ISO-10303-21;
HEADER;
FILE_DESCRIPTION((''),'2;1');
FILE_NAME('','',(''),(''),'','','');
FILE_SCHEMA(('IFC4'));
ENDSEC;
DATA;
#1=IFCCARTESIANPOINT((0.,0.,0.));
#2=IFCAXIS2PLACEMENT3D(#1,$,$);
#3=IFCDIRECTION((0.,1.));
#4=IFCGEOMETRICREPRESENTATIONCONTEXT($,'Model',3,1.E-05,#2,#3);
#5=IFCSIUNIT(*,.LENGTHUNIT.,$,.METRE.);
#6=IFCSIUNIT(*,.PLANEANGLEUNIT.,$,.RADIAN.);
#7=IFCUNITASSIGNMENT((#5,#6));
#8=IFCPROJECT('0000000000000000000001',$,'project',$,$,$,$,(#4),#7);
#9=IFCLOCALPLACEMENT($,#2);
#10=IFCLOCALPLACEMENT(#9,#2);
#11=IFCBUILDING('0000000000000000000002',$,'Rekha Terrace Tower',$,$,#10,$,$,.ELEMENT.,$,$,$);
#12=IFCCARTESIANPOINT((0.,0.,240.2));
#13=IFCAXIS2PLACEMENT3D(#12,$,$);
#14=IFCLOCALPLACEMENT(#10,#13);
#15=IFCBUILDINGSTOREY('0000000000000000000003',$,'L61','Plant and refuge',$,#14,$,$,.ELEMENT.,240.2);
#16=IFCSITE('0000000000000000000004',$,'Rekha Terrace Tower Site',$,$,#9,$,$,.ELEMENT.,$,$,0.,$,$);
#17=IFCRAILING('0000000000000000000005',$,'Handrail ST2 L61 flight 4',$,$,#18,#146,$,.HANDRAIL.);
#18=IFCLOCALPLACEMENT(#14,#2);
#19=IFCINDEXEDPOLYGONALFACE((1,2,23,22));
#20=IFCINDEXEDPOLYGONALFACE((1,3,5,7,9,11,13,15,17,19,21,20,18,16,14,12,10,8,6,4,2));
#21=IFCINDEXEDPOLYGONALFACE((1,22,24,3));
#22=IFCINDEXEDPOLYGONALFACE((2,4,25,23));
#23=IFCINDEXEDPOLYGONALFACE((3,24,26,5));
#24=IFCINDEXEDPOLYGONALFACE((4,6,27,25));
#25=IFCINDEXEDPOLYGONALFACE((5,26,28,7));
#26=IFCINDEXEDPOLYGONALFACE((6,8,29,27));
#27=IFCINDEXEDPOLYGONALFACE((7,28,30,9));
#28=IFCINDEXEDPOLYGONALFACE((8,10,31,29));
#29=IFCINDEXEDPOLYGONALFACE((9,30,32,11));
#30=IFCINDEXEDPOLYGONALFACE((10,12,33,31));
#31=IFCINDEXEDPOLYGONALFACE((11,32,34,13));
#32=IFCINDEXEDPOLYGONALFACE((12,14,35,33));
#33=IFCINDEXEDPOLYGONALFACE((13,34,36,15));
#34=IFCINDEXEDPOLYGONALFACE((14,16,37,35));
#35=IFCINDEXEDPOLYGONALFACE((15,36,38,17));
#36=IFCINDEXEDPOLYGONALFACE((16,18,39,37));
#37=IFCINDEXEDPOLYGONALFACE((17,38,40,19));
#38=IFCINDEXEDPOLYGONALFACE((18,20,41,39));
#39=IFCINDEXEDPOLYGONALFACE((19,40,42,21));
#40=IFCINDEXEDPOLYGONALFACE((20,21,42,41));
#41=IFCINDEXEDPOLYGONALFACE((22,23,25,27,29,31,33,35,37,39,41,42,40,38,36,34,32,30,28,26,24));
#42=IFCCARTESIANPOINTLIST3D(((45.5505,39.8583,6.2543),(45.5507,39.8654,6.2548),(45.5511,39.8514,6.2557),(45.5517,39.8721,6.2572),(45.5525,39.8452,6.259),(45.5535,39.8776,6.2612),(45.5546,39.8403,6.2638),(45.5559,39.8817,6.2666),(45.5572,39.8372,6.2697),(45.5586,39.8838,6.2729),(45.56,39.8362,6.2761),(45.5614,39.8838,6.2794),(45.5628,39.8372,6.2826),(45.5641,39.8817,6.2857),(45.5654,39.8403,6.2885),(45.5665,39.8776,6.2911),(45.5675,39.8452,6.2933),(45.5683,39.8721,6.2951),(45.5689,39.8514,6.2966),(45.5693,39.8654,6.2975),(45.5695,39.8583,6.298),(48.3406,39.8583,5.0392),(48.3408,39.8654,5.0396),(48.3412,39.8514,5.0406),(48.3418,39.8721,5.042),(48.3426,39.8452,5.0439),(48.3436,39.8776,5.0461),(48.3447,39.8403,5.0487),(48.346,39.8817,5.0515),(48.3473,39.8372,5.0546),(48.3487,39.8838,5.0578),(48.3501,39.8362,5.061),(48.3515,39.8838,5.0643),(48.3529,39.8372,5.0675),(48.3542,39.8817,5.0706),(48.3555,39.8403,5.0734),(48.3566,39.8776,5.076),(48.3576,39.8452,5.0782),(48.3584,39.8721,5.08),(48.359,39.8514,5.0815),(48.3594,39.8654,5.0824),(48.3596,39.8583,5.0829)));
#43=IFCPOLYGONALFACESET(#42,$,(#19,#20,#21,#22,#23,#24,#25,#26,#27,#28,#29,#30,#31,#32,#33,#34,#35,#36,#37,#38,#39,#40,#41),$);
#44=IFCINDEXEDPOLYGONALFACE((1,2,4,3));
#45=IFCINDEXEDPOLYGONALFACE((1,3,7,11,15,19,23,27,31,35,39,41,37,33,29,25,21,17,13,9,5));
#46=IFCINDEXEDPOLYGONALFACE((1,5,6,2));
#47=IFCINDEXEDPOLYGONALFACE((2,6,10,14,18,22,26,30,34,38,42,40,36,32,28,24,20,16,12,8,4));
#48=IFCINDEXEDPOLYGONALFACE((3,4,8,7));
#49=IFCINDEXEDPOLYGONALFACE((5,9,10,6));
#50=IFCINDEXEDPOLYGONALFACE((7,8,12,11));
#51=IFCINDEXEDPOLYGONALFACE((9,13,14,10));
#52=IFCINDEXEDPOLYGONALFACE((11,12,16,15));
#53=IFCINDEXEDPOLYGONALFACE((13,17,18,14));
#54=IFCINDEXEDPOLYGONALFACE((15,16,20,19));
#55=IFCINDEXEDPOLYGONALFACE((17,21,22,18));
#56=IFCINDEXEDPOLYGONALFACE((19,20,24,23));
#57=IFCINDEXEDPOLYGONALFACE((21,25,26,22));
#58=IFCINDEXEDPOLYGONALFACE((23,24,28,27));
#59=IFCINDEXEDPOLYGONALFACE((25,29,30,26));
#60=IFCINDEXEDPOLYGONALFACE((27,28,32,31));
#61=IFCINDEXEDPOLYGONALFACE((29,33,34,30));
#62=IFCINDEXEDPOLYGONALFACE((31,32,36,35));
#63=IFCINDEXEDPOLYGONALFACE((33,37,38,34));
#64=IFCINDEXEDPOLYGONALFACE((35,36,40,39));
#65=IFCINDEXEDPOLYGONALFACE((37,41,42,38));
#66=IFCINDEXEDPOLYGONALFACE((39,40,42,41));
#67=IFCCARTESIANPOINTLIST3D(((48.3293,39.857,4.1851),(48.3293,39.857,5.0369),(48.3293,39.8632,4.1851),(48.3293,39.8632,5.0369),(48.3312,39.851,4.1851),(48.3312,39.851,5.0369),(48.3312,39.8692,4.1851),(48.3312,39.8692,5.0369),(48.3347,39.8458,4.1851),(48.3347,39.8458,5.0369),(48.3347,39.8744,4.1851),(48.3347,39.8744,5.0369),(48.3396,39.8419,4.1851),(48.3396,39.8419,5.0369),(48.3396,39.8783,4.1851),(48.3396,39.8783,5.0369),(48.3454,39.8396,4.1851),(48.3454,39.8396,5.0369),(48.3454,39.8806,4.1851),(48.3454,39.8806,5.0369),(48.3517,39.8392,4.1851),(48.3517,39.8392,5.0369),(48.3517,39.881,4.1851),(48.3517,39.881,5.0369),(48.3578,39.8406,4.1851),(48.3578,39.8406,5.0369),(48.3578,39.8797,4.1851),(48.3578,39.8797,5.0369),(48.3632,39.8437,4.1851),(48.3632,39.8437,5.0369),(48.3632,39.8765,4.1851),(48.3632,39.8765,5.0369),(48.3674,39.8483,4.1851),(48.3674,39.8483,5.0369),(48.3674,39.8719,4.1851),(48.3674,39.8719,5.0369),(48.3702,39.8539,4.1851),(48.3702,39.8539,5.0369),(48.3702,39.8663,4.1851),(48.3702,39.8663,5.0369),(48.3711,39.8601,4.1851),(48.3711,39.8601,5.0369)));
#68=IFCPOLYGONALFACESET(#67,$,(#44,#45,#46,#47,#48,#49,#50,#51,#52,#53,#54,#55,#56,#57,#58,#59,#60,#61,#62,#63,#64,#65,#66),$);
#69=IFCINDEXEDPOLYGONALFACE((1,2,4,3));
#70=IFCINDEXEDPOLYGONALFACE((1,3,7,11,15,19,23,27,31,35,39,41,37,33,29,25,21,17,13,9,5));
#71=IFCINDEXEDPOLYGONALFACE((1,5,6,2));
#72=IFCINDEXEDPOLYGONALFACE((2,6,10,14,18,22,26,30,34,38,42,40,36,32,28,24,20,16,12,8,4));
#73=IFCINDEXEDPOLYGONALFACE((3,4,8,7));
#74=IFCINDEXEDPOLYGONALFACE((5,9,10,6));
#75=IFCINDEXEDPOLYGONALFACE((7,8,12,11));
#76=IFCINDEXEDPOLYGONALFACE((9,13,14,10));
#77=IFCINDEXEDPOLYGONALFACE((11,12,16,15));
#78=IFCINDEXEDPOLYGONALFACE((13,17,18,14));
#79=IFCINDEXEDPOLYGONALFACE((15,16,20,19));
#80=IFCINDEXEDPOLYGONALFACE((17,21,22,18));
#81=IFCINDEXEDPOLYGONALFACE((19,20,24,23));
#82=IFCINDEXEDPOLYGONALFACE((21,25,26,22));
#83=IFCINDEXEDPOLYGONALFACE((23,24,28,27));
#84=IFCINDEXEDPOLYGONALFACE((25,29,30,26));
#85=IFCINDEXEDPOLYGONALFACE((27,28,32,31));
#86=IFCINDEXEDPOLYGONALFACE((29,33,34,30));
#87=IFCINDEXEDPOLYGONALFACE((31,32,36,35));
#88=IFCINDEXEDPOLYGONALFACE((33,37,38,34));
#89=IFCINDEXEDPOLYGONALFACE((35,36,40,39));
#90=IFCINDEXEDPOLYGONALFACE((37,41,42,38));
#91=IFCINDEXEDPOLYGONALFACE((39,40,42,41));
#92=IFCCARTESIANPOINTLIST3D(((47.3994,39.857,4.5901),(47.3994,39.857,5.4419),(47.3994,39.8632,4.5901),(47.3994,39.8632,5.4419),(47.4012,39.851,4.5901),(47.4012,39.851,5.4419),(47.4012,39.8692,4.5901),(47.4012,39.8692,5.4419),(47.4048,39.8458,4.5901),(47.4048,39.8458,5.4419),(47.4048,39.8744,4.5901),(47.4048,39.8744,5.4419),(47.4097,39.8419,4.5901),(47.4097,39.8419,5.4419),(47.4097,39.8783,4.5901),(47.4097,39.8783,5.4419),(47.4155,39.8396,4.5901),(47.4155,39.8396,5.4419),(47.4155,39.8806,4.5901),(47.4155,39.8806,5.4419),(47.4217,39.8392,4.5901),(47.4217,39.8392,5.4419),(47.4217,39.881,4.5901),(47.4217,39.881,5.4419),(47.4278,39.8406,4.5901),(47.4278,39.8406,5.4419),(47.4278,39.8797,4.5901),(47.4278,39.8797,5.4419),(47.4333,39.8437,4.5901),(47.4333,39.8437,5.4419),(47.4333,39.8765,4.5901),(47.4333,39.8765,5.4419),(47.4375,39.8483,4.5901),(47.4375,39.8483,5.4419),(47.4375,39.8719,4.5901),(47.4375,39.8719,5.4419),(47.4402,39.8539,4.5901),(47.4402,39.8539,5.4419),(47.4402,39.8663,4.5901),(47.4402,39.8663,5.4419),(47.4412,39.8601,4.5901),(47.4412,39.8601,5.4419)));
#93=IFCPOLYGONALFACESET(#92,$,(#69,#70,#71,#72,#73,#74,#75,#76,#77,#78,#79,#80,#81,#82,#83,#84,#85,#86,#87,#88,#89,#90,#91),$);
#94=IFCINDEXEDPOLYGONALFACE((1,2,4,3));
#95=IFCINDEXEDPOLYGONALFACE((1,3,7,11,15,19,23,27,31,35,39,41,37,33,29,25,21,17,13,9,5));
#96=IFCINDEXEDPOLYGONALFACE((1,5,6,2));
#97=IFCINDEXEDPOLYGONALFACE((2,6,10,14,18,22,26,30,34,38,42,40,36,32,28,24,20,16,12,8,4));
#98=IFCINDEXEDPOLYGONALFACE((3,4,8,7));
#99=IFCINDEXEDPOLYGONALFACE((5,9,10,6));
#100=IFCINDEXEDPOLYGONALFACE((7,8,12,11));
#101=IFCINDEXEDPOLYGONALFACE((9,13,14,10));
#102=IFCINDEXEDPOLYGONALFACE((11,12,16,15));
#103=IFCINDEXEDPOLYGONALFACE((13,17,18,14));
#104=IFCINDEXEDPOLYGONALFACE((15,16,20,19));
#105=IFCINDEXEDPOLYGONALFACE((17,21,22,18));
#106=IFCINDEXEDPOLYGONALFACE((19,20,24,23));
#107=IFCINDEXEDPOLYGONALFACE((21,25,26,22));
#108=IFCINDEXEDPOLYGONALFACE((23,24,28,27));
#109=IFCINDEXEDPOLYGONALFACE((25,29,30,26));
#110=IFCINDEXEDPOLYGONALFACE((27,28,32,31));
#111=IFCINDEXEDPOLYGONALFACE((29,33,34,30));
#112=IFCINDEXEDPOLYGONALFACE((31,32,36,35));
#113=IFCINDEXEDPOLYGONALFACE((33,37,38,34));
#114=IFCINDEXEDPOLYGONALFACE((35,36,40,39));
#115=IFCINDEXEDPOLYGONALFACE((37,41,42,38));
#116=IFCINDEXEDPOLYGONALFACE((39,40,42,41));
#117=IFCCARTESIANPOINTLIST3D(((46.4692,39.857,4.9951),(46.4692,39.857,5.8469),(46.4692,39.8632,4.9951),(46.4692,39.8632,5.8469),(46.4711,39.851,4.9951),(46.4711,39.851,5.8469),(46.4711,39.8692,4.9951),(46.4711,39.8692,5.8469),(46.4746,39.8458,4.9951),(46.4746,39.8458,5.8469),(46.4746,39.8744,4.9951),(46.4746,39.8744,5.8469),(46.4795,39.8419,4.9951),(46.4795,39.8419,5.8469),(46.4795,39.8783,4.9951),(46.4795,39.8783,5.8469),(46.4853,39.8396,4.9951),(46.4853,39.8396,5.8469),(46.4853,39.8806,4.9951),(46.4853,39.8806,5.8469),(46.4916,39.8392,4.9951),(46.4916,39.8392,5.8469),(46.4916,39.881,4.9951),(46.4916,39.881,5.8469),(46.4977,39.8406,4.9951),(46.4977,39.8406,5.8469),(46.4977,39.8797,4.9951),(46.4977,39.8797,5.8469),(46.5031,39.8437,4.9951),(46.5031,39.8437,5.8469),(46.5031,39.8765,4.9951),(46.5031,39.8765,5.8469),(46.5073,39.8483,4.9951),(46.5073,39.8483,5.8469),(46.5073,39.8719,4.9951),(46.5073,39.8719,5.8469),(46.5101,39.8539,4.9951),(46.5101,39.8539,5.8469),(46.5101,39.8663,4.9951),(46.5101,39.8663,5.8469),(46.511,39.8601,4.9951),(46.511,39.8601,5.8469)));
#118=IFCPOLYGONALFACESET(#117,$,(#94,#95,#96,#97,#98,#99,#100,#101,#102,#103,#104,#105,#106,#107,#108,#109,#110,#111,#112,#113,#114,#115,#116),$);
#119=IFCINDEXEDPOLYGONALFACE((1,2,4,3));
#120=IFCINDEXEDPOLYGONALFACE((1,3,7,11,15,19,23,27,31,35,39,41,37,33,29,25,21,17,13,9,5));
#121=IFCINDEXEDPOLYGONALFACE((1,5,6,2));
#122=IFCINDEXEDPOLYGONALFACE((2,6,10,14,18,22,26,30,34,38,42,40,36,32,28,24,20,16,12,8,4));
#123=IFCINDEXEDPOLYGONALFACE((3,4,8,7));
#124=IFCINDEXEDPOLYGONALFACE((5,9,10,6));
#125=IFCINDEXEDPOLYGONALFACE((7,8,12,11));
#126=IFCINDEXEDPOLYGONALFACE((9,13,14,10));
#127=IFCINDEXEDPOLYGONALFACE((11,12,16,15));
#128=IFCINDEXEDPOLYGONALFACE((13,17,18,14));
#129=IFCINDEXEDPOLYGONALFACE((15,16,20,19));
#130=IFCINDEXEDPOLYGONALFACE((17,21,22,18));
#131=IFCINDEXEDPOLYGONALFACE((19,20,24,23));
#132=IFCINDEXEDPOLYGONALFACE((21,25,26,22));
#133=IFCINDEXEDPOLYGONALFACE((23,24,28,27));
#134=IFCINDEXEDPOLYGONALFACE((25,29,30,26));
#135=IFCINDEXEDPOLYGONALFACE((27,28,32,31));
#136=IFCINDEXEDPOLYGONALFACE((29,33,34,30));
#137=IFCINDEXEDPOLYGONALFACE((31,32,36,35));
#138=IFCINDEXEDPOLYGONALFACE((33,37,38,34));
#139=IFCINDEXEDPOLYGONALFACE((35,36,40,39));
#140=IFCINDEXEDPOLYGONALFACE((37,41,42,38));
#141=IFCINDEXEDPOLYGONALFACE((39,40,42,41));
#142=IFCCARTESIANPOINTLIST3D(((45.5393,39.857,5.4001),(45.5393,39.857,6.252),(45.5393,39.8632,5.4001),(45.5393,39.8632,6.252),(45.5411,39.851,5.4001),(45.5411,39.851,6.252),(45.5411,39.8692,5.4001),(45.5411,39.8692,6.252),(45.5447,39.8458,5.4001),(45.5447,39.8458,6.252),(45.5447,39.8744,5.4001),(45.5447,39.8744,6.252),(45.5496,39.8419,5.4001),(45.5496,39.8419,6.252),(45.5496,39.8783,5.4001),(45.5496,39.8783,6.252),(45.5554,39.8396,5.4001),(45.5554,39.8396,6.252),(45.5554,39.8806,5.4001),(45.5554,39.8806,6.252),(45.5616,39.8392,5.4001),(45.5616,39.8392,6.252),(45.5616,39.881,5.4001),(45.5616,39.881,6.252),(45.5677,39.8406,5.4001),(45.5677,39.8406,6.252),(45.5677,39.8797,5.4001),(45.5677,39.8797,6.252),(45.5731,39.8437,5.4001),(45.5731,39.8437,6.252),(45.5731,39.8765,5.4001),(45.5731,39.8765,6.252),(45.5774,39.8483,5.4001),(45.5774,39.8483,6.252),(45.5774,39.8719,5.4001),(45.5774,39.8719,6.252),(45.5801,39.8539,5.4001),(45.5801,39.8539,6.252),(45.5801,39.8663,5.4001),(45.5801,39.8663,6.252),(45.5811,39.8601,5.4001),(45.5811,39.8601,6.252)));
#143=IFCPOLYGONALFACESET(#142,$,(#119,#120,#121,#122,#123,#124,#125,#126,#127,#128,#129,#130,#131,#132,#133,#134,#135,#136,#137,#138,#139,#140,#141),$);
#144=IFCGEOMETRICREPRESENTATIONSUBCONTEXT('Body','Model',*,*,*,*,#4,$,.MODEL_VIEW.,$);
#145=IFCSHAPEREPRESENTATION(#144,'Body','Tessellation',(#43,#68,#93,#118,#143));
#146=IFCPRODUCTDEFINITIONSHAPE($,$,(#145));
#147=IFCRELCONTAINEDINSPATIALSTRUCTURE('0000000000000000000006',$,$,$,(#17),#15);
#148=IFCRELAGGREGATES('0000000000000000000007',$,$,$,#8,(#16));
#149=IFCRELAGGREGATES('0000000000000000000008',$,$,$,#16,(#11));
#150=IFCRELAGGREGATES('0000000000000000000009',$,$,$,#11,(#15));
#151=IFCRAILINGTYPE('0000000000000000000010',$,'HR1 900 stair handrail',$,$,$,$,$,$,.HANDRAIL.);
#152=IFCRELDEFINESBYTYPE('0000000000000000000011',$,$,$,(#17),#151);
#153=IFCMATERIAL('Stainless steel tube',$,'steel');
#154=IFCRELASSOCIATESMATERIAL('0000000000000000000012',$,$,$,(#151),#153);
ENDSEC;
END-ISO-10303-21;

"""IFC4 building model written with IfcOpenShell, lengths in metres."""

from ifc_helpers import new_model, si_unit, direction, frame, origin, origin_2d, place, context, subcontext, project, spatial, circle, extrude, material, type_object, element, save


model = new_model("IFC4")

# Units and contexts
model_context = context("Model", 3, precision=1e-05, world=origin(), true_north=direction((0.0, 1.0)))
body_context = subcontext(model_context, "Body", "Model", "MODEL_VIEW")
ifc_project = project(units=[si_unit("LENGTHUNIT", "METRE"), si_unit("PLANEANGLEUNIT", "RADIAN")], contexts=[model_context])

# Site, building, storey
site_placement = place(None, origin())
site = spatial("IfcSite", under=ifc_project, at=site_placement, Name="Rekha Terrace Tower Site", CompositionType="ELEMENT", RefElevation=0.0)
building_placement = place(site_placement, origin())
building = spatial("IfcBuilding", under=site, at=building_placement, Name="Rekha Terrace Tower", CompositionType="ELEMENT")
storey_placement = place(building_placement, frame((0.0, 0.0, 240.2)))
storey = spatial("IfcBuildingStorey", under=building, at=storey_placement, Name="L61", Description="Plant and refuge", CompositionType="ELEMENT", Elevation=240.2)

# Railing
ifc_material_1 = material(Name="Stainless steel tube", Category="steel")
railing_type_1 = type_object("IfcRailingType", Name="HR1 900 stair handrail", PredefinedType="HANDRAIL", material=ifc_material_1)
railing_1_placement = place(storey_placement, frame((48.3501, 39.8601, 4.1851)))
element("IfcRailing", 1, at=railing_1_placement, inside=storey, type_object=railing_type_1, Name="Handrail ST2 L61 flight 4", PredefinedType="HANDRAIL", context=body_context, shape_type="SweptSolid", body=[
    extrude(circle(Radius=0.0239, at=origin_2d()), frame((0.0, 0.0, 0.876), z_axis=(-0.916826, 0.0, 0.399286), x_axis=(0.0, -1.0, 0.0)), (0.0, 0.0, 1.0), 3.0432),
    extrude(circle(Radius=0.021, at=origin_2d()), origin(), (0.0, 0.0, 1.0), 0.8518),
    extrude(circle(Radius=0.021, at=origin_2d()), frame((-0.9299, 0.0, 0.405)), (0.0, 0.0, 1.0), 0.8518),
    extrude(circle(Radius=0.021, at=origin_2d()), frame((-1.8601, 0.0, 0.8101)), (0.0, 0.0, 1.0), 0.8518),
    extrude(circle(Radius=0.021, at=origin_2d()), frame((-2.79, 0.0, 1.2151)), (0.0, 0.0, 1.0), 0.8518),
])

save(model, "model.ifc")
